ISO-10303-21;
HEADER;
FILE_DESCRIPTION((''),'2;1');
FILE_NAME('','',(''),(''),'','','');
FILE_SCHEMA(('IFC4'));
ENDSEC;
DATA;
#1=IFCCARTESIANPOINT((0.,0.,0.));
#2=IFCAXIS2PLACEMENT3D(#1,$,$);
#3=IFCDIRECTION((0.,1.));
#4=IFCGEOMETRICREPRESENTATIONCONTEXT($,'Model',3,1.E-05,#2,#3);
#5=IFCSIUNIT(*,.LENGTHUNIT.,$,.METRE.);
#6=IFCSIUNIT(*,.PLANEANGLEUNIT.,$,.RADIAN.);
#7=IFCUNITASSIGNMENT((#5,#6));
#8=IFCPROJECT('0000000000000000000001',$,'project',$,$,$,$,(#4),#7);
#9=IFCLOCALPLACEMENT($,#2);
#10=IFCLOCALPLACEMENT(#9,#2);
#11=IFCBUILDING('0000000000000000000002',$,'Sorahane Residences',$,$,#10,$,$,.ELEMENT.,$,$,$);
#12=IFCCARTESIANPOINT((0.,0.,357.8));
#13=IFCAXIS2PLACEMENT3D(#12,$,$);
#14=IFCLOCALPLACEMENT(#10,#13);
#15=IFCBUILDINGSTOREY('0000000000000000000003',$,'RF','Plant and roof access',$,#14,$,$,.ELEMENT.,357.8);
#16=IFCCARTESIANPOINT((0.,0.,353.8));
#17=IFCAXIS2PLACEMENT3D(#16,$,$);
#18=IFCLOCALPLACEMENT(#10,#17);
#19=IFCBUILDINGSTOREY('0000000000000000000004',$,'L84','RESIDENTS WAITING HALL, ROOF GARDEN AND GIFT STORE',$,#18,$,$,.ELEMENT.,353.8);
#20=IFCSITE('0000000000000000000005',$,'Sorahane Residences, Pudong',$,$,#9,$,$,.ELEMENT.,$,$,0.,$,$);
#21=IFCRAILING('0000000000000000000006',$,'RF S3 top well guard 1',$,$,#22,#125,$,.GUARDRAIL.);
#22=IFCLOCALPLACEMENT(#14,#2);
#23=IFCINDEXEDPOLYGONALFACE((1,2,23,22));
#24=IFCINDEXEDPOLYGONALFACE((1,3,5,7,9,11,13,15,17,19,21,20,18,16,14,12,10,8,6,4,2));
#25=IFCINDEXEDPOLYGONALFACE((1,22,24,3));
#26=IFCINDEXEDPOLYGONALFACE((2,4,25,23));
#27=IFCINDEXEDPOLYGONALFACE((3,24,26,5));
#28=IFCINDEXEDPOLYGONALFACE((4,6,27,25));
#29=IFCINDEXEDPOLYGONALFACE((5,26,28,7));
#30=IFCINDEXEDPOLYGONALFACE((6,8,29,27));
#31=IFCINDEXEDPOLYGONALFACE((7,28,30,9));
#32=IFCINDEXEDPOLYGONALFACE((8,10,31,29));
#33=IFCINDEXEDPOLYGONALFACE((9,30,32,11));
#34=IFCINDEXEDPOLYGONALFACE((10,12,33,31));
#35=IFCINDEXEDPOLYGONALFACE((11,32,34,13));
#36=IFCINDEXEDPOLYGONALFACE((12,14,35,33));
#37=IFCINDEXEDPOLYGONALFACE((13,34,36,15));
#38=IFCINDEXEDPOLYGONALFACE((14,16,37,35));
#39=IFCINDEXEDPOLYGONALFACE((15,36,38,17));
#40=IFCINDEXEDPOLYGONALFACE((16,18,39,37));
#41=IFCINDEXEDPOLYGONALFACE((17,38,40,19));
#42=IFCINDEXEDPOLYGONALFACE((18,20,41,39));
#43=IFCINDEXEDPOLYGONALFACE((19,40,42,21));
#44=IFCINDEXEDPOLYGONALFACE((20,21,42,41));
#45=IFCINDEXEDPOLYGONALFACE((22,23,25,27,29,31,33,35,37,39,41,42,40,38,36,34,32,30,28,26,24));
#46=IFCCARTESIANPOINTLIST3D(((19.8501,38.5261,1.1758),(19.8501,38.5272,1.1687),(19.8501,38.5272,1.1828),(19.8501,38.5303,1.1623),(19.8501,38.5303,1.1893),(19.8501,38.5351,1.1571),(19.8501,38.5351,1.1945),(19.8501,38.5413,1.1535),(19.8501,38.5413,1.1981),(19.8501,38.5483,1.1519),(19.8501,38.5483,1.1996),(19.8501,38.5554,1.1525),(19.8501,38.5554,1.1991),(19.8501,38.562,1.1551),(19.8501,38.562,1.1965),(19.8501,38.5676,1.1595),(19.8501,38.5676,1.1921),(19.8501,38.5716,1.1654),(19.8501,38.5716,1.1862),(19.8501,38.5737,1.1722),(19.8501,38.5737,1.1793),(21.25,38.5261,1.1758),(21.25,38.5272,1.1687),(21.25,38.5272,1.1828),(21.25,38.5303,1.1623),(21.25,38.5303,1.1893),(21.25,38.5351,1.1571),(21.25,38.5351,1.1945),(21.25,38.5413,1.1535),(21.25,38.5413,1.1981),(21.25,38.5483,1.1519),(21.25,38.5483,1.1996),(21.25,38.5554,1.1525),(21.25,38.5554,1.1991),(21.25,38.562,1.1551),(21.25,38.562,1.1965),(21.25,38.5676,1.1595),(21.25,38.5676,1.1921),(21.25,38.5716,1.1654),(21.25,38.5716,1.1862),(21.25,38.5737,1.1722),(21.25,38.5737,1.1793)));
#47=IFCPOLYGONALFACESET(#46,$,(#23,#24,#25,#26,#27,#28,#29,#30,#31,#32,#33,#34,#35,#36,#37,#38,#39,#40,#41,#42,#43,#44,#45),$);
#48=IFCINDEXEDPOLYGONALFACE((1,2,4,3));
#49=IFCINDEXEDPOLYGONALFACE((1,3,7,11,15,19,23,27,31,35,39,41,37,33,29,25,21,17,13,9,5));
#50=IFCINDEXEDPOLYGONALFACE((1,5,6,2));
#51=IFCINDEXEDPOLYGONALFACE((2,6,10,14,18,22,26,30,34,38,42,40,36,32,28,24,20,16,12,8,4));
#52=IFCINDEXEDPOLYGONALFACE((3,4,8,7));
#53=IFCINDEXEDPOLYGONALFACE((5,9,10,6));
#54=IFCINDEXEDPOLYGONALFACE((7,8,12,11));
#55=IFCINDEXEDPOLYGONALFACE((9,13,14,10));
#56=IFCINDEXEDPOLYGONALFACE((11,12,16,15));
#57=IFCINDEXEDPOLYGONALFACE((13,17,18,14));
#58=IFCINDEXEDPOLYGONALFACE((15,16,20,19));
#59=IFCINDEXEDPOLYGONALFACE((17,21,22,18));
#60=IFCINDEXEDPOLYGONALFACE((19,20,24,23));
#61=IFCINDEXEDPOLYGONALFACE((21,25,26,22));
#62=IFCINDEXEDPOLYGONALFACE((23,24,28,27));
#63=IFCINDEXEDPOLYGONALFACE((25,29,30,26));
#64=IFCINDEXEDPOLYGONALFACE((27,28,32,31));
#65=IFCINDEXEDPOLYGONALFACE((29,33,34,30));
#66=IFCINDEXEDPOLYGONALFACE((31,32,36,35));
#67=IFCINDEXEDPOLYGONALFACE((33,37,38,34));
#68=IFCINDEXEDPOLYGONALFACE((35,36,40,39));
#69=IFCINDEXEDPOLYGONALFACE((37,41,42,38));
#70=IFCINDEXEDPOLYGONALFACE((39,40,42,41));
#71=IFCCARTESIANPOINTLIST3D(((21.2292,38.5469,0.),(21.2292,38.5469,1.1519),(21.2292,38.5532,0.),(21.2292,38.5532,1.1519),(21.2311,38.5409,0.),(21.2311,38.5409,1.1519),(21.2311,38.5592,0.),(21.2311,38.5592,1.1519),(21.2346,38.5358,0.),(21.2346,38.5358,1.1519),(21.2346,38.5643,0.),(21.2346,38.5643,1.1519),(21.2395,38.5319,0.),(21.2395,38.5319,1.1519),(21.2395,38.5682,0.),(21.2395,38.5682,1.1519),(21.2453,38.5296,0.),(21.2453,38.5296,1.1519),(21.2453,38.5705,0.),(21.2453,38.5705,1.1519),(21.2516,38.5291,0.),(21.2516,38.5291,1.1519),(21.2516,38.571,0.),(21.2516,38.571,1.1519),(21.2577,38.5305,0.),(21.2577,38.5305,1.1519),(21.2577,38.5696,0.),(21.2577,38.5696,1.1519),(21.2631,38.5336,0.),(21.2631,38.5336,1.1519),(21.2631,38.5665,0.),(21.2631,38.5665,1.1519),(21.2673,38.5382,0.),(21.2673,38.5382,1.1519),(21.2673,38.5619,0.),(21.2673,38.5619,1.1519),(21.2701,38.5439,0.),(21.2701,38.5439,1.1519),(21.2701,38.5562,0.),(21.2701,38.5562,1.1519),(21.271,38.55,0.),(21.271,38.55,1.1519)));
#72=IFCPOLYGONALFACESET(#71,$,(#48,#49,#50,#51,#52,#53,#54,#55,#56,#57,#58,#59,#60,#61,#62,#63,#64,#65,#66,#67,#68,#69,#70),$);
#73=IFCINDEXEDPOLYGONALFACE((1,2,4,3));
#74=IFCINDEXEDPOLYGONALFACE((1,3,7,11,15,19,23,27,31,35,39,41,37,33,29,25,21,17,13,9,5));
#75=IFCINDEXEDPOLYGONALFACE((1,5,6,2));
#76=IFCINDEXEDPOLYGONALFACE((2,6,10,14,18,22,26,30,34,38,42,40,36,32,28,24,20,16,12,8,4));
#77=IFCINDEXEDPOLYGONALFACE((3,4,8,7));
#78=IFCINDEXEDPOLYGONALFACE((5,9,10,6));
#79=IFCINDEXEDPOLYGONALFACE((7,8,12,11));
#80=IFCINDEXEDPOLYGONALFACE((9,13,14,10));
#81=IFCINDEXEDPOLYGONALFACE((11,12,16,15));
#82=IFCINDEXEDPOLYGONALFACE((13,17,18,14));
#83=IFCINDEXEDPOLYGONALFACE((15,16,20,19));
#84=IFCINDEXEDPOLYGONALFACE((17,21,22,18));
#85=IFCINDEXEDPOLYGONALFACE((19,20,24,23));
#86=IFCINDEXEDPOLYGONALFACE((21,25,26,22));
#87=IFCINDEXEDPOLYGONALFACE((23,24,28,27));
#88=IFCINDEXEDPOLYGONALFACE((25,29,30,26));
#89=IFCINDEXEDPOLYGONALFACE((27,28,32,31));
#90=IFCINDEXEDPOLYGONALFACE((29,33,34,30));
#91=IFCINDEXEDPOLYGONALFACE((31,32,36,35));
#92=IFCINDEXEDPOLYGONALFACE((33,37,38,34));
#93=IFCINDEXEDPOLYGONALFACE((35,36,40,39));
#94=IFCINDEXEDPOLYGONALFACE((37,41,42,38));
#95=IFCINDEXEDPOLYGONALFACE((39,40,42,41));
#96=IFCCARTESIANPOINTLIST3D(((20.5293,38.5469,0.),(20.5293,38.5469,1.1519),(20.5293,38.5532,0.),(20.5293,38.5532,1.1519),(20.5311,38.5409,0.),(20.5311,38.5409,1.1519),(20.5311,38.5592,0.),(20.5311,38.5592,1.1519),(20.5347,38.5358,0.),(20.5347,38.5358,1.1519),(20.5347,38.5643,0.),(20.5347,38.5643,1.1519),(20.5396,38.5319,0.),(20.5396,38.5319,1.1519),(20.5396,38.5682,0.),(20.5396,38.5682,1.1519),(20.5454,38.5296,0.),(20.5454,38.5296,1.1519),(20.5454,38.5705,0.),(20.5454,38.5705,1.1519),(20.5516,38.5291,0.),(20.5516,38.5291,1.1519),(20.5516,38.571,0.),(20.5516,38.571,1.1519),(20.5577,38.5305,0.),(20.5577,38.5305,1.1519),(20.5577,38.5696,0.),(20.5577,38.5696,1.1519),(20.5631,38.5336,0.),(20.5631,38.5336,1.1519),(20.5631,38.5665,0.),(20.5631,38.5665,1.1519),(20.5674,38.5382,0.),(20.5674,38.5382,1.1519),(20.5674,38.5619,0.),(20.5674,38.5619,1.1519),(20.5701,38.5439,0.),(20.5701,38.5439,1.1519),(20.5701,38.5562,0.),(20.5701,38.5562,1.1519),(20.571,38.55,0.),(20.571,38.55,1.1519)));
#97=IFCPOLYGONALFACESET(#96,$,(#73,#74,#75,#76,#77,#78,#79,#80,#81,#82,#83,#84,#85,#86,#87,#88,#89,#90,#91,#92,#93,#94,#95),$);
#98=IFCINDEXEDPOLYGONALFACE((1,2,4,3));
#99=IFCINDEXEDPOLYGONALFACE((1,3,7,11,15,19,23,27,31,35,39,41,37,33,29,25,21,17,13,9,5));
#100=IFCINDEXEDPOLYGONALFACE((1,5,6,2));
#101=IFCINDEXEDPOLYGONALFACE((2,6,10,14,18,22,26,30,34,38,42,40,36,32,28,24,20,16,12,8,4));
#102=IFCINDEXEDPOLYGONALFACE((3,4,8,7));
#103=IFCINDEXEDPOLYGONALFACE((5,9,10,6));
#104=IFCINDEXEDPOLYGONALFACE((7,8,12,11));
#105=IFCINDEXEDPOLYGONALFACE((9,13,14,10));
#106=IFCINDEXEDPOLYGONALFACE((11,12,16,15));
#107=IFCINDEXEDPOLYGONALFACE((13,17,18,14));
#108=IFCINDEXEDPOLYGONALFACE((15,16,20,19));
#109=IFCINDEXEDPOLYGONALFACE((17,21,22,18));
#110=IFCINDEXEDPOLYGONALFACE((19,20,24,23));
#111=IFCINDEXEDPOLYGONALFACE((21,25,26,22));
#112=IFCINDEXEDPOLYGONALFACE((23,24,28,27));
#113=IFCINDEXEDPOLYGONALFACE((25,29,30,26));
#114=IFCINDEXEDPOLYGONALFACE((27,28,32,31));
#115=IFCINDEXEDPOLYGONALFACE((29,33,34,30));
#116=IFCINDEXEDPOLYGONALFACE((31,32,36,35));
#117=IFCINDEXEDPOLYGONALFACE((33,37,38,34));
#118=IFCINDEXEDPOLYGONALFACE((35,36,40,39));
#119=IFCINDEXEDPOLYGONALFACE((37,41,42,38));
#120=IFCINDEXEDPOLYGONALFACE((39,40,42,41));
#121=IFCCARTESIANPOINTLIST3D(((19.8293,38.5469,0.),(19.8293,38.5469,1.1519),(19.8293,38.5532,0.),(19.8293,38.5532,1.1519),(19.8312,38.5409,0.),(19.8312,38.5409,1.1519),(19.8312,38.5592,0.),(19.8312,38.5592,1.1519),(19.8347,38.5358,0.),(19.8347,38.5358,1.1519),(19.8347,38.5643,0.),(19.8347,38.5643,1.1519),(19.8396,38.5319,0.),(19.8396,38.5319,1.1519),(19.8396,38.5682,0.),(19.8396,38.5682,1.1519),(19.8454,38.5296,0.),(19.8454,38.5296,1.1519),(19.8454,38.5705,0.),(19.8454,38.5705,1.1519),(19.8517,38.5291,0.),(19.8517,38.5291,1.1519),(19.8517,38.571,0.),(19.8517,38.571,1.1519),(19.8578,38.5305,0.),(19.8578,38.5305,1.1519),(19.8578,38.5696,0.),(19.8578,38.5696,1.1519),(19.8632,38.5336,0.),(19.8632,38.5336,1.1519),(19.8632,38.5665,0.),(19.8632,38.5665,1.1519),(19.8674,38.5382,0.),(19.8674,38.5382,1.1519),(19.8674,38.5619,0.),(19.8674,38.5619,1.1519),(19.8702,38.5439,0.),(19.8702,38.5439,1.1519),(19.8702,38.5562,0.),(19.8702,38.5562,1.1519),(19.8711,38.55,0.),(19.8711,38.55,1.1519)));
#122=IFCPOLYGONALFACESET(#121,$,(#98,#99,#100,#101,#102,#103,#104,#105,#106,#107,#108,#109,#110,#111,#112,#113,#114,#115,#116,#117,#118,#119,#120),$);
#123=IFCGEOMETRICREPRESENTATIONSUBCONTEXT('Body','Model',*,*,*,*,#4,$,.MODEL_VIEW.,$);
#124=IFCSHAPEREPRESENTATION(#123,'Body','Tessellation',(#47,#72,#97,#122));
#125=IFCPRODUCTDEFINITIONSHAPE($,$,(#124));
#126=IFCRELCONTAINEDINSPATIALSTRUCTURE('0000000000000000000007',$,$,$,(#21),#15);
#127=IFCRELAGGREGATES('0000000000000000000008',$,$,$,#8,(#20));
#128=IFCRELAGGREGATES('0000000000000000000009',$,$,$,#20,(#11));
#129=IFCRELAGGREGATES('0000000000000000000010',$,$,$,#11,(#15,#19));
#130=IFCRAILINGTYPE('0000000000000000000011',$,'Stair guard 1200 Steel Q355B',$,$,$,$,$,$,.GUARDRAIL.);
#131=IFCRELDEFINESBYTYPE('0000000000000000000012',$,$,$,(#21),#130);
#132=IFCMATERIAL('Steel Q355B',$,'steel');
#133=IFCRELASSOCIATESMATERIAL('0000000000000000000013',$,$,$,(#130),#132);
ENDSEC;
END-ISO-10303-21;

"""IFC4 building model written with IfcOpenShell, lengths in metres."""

from ifc_helpers import new_model, si_unit, direction, frame, origin, origin_2d, place, context, subcontext, project, spatial, circle, extrude, material, type_object, element, save


model = new_model("IFC4")

# Units and contexts
model_context = context("Model", 3, precision=1e-05, world=origin(), true_north=direction((0.0, 1.0)))
body_context = subcontext(model_context, "Body", "Model", "MODEL_VIEW")
ifc_project = project(units=[si_unit("LENGTHUNIT", "METRE"), si_unit("PLANEANGLEUNIT", "RADIAN")], contexts=[model_context])

# Site, building, storey
site_placement = place(None, origin())
site = spatial("IfcSite", under=ifc_project, at=site_placement, Name="Sorahane Residences, Pudong", CompositionType="ELEMENT", RefElevation=0.0)
building_placement = place(site_placement, origin())
building = spatial("IfcBuilding", under=site, at=building_placement, Name="Sorahane Residences", CompositionType="ELEMENT")
storey_1_placement = place(building_placement, frame((0.0, 0.0, 357.8)))
storey_1 = spatial("IfcBuildingStorey", under=building, at=storey_1_placement, Name="RF", Description="Plant and roof access", CompositionType="ELEMENT", Elevation=357.8)

# Shared definitions
storey_2_placement = place(building_placement, frame((0.0, 0.0, 353.8)))
storey_2 = spatial("IfcBuildingStorey", under=building, at=storey_2_placement, Name="L84", Description="RESIDENTS WAITING HALL, ROOF GARDEN AND GIFT STORE", CompositionType="ELEMENT", Elevation=353.8)

# Railing
ifc_material_1 = material(Name="Steel Q355B", Category="steel")
railing_type_1 = type_object("IfcRailingType", Name="Stair guard 1200 Steel Q355B", PredefinedType="GUARDRAIL", material=ifc_material_1)
railing_1_placement = place(storey_1_placement, frame((21.25, 38.55, 0.0)))
element("IfcRailing", 1, at=railing_1_placement, inside=storey_1, type_object=railing_type_1, Name="RF S3 top well guard 1", PredefinedType="GUARDRAIL", context=body_context, shape_type="SweptSolid", body=[
    extrude(circle(Radius=0.0239, at=origin_2d()), frame((0.0, 0.0, 1.1758), z_axis=(-1.0, 0.0, 0.0), x_axis=(0.0, -1.0, 0.0)), (0.0, 0.0, 1.0), 1.3999),
    extrude(circle(Radius=0.021, at=origin_2d()), origin(), (0.0, 0.0, 1.0), 1.1519),
    extrude(circle(Radius=0.021, at=origin_2d()), frame((-0.7, 0.0, 0.0)), (0.0, 0.0, 1.0), 1.1519),
    extrude(circle(Radius=0.021, at=origin_2d()), frame((-1.3999, 0.0, 0.0)), (0.0, 0.0, 1.0), 1.1519),
])

save(model, "model.ifc")
